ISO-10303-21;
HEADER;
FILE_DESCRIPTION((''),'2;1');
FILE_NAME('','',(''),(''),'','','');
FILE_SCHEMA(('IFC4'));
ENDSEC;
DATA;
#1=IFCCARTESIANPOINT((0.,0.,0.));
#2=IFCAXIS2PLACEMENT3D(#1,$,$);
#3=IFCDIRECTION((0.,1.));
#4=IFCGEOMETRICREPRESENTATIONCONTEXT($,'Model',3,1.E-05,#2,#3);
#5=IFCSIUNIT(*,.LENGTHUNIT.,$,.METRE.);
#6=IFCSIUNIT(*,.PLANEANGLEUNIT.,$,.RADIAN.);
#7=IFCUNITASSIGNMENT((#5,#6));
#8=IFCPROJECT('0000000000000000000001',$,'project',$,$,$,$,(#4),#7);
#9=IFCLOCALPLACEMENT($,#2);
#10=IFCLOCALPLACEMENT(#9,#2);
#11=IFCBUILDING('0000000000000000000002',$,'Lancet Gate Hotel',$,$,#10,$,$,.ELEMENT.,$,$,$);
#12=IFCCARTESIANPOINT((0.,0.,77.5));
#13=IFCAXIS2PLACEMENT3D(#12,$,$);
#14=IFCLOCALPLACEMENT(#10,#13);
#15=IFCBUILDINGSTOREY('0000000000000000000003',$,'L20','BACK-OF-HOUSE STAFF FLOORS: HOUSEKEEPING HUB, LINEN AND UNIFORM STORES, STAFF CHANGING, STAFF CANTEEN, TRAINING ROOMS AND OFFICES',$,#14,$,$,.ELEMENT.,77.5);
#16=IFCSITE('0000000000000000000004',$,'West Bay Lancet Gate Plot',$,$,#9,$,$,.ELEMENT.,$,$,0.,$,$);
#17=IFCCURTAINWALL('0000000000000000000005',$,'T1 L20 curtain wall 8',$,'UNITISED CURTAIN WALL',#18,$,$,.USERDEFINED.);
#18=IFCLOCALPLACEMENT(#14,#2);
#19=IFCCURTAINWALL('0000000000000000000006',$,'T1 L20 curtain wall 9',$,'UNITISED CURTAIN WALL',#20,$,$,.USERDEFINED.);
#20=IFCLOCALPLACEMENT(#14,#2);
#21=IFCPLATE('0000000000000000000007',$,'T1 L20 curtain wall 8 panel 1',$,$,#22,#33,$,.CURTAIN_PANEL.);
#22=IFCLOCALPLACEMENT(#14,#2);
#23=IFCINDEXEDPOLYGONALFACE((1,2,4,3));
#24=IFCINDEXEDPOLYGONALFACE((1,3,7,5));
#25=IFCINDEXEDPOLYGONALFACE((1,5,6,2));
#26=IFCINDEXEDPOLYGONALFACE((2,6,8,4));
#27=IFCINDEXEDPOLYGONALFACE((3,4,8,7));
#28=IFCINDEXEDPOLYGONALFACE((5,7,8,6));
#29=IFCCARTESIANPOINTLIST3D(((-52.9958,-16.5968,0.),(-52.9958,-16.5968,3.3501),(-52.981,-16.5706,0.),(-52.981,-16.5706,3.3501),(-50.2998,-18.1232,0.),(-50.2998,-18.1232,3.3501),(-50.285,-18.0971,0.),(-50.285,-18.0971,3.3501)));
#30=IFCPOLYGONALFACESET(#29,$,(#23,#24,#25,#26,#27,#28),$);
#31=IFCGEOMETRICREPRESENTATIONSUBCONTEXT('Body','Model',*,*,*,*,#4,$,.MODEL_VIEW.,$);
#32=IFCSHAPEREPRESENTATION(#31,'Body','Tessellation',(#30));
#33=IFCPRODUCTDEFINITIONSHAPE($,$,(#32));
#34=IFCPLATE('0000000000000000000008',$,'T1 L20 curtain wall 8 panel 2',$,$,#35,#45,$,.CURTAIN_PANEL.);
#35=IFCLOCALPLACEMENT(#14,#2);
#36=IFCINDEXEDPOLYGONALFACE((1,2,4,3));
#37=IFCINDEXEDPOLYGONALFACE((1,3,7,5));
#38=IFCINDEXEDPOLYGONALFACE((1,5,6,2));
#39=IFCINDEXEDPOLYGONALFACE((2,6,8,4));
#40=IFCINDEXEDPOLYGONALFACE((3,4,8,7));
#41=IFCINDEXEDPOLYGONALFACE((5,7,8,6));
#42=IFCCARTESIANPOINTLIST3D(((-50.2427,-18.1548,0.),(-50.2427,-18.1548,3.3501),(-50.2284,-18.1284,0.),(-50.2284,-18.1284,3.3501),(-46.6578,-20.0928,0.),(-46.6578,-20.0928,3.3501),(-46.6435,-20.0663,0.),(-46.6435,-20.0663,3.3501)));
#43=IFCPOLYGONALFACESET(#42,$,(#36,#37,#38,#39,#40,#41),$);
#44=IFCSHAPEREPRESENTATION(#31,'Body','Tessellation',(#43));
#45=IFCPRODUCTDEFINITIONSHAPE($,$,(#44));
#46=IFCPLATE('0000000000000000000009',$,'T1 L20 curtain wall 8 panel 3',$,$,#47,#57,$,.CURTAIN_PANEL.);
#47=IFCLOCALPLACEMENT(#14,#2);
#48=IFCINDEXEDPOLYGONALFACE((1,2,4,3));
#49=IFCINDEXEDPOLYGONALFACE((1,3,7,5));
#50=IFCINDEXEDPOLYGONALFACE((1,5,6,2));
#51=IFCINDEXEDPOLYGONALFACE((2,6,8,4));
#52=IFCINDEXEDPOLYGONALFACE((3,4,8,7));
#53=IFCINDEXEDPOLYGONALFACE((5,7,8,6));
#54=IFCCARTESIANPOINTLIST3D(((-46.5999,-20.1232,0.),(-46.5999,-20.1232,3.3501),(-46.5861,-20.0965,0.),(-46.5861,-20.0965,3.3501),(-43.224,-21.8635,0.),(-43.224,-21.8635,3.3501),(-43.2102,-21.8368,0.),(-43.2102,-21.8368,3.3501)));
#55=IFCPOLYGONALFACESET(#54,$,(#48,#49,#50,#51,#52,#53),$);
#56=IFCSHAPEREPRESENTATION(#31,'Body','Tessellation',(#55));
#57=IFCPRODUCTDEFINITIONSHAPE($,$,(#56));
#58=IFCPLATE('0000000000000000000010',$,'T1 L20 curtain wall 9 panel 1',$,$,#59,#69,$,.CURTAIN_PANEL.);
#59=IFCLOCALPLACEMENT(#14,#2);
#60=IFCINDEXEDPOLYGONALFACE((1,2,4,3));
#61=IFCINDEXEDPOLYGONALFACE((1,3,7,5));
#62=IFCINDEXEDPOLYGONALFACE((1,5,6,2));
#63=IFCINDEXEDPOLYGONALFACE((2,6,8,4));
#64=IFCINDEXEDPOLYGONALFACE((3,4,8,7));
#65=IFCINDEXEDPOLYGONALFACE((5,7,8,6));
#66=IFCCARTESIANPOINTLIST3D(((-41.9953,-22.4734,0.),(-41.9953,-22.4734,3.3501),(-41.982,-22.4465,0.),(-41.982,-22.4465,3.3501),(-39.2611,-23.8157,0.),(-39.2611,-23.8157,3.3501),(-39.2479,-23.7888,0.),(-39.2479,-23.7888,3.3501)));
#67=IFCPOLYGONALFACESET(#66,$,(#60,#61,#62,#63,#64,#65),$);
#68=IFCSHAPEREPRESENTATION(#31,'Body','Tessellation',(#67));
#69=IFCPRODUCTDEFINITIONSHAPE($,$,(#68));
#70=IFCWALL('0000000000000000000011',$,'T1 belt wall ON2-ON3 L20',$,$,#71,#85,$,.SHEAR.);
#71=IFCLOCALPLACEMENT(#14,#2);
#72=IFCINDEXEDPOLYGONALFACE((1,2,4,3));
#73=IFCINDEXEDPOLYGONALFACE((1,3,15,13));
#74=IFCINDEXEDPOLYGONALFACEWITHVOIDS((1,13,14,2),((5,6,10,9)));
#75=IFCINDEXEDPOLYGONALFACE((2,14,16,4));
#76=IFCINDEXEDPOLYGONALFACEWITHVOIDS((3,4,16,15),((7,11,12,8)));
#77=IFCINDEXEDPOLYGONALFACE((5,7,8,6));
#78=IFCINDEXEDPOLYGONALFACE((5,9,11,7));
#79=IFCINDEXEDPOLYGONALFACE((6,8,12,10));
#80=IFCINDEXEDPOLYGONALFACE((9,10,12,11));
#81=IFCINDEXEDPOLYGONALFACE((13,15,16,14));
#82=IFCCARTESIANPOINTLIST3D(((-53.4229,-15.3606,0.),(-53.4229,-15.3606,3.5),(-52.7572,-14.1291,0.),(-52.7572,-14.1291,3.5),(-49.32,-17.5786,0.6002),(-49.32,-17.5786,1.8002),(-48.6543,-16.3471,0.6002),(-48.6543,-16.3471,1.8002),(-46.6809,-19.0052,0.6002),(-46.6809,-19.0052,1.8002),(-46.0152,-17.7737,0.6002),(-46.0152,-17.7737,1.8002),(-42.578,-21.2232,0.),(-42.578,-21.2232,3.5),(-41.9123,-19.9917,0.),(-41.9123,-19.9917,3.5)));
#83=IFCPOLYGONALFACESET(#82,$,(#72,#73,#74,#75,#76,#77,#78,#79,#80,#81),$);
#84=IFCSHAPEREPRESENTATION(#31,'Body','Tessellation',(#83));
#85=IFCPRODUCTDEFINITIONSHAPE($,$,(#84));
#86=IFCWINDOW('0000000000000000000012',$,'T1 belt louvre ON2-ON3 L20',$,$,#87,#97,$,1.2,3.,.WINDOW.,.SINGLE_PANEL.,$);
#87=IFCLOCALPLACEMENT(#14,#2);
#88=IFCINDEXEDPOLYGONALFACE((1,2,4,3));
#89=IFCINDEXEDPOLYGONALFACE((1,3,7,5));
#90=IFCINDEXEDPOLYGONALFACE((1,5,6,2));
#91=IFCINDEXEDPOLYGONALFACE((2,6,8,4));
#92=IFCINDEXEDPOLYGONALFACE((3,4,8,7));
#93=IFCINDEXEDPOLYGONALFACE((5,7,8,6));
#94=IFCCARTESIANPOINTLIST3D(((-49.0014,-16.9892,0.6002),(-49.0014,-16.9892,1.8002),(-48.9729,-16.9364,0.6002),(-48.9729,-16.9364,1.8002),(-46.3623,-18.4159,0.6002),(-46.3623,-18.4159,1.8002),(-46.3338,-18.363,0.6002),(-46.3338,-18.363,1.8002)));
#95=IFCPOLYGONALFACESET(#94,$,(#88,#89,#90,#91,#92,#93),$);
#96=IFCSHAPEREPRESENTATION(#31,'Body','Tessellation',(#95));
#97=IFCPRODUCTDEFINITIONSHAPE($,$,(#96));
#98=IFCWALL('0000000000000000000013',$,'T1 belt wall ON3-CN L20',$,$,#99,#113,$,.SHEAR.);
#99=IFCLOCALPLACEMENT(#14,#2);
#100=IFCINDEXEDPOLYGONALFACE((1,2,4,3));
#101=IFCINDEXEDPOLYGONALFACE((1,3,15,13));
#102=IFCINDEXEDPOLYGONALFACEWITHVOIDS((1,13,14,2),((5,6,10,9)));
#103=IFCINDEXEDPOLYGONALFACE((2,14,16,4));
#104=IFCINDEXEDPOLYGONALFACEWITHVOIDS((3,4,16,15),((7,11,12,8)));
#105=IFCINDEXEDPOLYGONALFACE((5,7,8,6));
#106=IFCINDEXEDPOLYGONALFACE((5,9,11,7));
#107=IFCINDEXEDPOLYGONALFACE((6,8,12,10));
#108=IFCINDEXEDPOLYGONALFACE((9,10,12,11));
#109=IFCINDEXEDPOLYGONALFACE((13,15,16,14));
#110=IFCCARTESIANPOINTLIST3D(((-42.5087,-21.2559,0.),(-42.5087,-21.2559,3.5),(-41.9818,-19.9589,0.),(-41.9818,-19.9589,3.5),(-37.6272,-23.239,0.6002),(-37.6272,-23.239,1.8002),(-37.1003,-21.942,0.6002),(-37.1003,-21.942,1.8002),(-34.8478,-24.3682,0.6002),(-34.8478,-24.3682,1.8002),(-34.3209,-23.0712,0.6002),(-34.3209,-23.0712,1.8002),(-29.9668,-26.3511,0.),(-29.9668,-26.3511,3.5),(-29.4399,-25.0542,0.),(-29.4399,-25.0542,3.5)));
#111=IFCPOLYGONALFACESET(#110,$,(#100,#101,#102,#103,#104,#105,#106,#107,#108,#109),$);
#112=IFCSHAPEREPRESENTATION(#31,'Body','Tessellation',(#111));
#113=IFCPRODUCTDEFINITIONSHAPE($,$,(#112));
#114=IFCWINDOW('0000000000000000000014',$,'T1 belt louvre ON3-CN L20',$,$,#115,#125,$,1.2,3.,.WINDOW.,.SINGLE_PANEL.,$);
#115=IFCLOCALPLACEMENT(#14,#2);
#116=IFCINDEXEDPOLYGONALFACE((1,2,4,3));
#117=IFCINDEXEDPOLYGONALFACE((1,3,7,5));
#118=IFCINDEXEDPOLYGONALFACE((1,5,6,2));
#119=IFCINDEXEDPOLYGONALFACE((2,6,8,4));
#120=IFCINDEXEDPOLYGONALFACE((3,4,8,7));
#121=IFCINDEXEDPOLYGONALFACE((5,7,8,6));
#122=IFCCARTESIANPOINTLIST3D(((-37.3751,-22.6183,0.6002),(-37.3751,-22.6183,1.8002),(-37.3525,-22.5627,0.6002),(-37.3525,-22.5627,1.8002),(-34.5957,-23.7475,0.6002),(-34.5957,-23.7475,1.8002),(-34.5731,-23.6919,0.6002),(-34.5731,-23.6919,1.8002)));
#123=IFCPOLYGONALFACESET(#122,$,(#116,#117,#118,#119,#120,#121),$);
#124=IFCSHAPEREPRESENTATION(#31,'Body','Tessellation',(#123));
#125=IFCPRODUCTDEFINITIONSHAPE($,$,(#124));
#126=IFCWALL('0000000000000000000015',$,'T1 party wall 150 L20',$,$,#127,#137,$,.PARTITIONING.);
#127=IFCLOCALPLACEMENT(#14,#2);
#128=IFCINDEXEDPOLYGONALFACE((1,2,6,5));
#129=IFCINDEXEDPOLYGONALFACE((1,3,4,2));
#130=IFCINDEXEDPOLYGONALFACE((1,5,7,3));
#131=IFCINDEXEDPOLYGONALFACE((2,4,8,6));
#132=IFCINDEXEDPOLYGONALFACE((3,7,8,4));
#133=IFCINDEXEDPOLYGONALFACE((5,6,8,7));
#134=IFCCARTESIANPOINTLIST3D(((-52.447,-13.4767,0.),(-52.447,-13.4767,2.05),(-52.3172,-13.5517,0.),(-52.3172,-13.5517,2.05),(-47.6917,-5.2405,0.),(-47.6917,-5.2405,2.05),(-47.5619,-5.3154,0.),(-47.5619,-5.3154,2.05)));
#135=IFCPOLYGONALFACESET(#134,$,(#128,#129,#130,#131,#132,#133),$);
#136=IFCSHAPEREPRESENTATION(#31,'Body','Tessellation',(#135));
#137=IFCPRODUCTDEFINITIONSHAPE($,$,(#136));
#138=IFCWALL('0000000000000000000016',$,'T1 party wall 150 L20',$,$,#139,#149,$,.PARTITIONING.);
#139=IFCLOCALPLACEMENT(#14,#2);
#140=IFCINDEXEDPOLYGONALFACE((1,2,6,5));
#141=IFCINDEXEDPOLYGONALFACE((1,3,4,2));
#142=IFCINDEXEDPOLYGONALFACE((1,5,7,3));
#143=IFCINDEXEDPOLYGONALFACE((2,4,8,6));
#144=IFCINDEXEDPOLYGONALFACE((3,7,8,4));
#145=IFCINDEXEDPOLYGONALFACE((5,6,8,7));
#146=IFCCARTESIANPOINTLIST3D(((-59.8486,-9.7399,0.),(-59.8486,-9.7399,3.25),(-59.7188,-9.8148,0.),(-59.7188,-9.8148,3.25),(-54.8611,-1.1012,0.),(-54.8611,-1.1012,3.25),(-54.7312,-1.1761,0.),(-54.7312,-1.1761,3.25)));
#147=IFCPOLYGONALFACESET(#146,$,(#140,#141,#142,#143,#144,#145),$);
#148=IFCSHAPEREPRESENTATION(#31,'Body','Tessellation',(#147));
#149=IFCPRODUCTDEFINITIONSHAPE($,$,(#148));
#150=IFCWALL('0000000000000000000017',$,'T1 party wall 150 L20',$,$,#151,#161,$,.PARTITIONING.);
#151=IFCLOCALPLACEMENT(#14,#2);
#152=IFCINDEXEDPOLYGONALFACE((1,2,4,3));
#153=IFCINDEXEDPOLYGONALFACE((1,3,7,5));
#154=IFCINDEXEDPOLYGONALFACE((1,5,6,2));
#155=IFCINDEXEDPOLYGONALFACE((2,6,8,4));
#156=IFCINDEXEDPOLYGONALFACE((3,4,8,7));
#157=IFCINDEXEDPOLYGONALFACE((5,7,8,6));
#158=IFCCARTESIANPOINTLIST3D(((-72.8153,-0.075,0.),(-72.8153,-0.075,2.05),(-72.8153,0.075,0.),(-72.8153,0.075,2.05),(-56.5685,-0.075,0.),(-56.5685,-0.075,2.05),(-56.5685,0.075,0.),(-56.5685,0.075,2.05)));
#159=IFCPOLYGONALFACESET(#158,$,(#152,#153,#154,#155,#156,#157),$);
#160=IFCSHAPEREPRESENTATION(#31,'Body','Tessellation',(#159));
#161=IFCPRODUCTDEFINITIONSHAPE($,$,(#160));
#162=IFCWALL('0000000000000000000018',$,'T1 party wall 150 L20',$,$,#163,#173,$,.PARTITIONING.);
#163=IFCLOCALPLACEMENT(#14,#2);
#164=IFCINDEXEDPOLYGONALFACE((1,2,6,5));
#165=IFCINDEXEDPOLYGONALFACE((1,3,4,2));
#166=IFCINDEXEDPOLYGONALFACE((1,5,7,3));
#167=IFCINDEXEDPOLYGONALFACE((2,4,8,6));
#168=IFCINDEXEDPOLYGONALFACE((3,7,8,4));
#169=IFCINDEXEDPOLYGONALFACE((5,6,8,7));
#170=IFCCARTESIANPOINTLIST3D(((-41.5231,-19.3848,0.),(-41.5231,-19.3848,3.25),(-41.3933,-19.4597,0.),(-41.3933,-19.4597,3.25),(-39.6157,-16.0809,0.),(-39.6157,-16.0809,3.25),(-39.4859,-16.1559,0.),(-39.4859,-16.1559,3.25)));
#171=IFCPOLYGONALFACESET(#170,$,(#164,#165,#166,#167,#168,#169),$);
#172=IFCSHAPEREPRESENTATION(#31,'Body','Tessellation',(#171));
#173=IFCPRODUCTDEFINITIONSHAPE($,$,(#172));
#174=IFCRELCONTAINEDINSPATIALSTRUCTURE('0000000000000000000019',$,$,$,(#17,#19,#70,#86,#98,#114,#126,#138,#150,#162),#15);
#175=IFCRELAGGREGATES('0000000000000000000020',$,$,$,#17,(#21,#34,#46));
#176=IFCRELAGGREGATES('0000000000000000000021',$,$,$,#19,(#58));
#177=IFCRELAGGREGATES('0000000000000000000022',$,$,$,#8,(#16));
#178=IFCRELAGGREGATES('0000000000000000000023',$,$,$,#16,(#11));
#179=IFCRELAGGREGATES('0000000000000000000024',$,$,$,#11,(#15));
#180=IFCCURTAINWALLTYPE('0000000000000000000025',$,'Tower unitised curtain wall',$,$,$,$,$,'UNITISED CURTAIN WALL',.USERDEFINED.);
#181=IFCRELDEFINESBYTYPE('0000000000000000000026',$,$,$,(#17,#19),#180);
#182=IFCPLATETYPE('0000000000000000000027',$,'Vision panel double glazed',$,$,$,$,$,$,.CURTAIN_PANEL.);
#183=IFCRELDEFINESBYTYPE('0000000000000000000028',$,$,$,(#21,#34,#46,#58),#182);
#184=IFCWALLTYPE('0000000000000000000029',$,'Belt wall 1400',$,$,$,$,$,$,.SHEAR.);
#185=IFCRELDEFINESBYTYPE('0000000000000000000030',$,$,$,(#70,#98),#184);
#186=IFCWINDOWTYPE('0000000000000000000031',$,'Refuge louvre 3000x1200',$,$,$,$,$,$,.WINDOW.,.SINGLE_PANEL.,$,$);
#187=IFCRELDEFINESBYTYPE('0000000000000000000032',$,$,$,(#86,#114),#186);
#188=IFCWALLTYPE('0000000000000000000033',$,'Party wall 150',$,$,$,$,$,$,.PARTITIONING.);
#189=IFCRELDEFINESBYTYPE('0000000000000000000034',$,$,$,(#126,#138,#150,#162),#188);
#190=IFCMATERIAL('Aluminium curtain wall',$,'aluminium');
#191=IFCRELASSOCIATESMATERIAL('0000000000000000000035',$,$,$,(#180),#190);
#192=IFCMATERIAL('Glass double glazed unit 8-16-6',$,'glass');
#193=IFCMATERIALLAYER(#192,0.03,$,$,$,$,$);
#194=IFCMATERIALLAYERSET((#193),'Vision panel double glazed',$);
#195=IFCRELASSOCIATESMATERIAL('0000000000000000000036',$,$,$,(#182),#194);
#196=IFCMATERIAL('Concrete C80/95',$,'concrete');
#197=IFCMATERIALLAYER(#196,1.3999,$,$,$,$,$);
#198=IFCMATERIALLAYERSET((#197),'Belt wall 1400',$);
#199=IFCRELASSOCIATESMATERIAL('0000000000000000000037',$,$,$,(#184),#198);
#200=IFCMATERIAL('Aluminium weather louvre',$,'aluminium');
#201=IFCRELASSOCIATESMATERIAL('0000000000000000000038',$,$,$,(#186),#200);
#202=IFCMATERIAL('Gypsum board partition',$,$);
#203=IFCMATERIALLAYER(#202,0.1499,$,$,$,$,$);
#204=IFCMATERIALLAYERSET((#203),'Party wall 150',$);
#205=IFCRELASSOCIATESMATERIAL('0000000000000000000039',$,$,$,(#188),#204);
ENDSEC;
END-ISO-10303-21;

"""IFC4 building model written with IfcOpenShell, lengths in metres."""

from ifc_helpers import new_model, si_unit, direction, frame, frame_2d, origin, origin_2d, place, context, subcontext, project, spatial, rectangle, extrude, material, layer, layer_set, type_object, element, fill, aggregate, save


model = new_model("IFC4")

# Units and contexts
model_context = context("Model", 3, precision=1e-05, world=origin(), true_north=direction((0.0, 1.0)))
body_context = subcontext(model_context, "Body", "Model", "MODEL_VIEW")
ifc_project = project(units=[si_unit("LENGTHUNIT", "METRE"), si_unit("PLANEANGLEUNIT", "RADIAN")], contexts=[model_context])

# Site, building, storey
site_placement = place(None, origin())
site = spatial("IfcSite", under=ifc_project, at=site_placement, Name="West Bay Lancet Gate Plot", CompositionType="ELEMENT", RefElevation=0.0)
building_placement = place(site_placement, origin())
building = spatial("IfcBuilding", under=site, at=building_placement, Name="Lancet Gate Hotel", CompositionType="ELEMENT")
storey_placement = place(building_placement, frame((0.0, 0.0, 77.5)))
storey = spatial("IfcBuildingStorey", under=building, at=storey_placement, Name="L20", Description="BACK-OF-HOUSE STAFF FLOORS: HOUSEKEEPING HUB, LINEN AND UNIFORM STORES, STAFF CHANGING, STAFF CANTEEN, TRAINING ROOMS AND OFFICES", CompositionType="ELEMENT", Elevation=77.5)

# Curtain walls
ifc_material_1 = material(Name="Aluminium curtain wall", Category="aluminium")
curtain_wall_type = type_object("IfcCurtainWallType", Name="Tower unitised curtain wall", ElementType="UNITISED CURTAIN WALL", PredefinedType="USERDEFINED", material=ifc_material_1)
curtain_wall_1_placement = place(storey_placement, origin())
curtain_wall_1 = element("IfcCurtainWall", 1, at=curtain_wall_1_placement, inside=storey, type_object=curtain_wall_type, Name="T1 L20 curtain wall 8", ObjectType="UNITISED CURTAIN WALL", PredefinedType="USERDEFINED")
curtain_wall_2_placement = place(storey_placement, origin())
curtain_wall_2 = element("IfcCurtainWall", 2, at=curtain_wall_2_placement, inside=storey, type_object=curtain_wall_type, Name="T1 L20 curtain wall 9", ObjectType="UNITISED CURTAIN WALL", PredefinedType="USERDEFINED")

# Plates
ifc_material_2 = material(Name="Glass double glazed unit 8-16-6", Category="glass")
ifc_layer_1 = layer(ifc_material_2, 0.03)
ifc_layer_set_1 = layer_set([ifc_layer_1], Name="Vision panel double glazed")
plate_type = type_object("IfcPlateType", Name="Vision panel double glazed", PredefinedType="CURTAIN_PANEL", material=ifc_layer_set_1)
plate_1_placement = place(storey_placement, frame((-51.6404, -17.3469, 0.0), z_axis=(0.0, 0.0, 1.0), x_axis=(0.870205, -0.49269, 0.0)))
plate_1 = element("IfcPlate", 3, at=plate_1_placement, type_object=plate_type, Name="T1 L20 curtain wall 8 panel 1", PredefinedType="CURTAIN_PANEL", context=body_context, shape_type="SweptSolid", body=[
    extrude(rectangle(XDim=3.0981, YDim=0.03, at=origin_2d()), origin(), (0.0, 0.0, 1.0), 3.3501),
])
plate_2_placement = place(storey_placement, frame((-48.4431, -19.1106, 0.0), z_axis=(0.0, 0.0, 1.0), x_axis=(0.879693, -0.475541, 0.0)))
plate_2 = element("IfcPlate", 4, at=plate_2_placement, type_object=plate_type, Name="T1 L20 curtain wall 8 panel 2", PredefinedType="CURTAIN_PANEL", context=body_context, shape_type="SweptSolid", body=[
    extrude(rectangle(XDim=4.0752, YDim=0.03, at=origin_2d()), origin(), (0.0, 0.0, 1.0), 3.3501),
])
plate_3_placement = place(storey_placement, frame((-44.905, -20.98, 0.0), z_axis=(0.0, 0.0, 1.0), x_axis=(0.888844, -0.45821, 0.0)))
plate_3 = element("IfcPlate", 5, at=plate_3_placement, type_object=plate_type, Name="T1 L20 curtain wall 8 panel 3", PredefinedType="CURTAIN_PANEL", context=body_context, shape_type="SweptSolid", body=[
    extrude(rectangle(XDim=3.7981, YDim=0.03, at=origin_2d()), origin(), (0.0, 0.0, 1.0), 3.3501),
])
aggregate(curtain_wall_1, [plate_1, plate_2, plate_3])
plate_4_placement = place(storey_placement, frame((-40.6216, -23.1311, 0.0), z_axis=(0.0, 0.0, 1.0), x_axis=(0.897653, -0.440702, 0.0)))
plate_4 = element("IfcPlate", 6, at=plate_4_placement, type_object=plate_type, Name="T1 L20 curtain wall 9 panel 1", PredefinedType="CURTAIN_PANEL", context=body_context, shape_type="SweptSolid", body=[
    extrude(rectangle(XDim=3.0459, YDim=0.03, at=origin_2d()), origin(), (0.0, 0.0, 1.0), 3.3501),
])
aggregate(curtain_wall_2, [plate_4])

# Walls, openings, windows
ifc_material_3 = material(Name="Concrete C80/95", Category="concrete")
ifc_layer_2 = layer(ifc_material_3, 1.3999)
ifc_layer_set_2 = layer_set([ifc_layer_2], Name="Belt wall 1400")
wall_type_1 = type_object("IfcWallType", Name="Belt wall 1400", PredefinedType="SHEAR", material=ifc_layer_set_2)
wall_1_placement = place(storey_placement, frame((-53.0901, -14.7449, 0.0), z_axis=(0.0, 0.0, 1.0), x_axis=(0.879693, -0.475542, 0.0)))
wall_1 = element("IfcWall", 7, at=wall_1_placement, inside=storey, type_object=wall_type_1, Name="T1 belt wall ON2-ON3 L20", PredefinedType="SHEAR", context=body_context, shape_type="SweptSolid", body=[
    extrude(rectangle(XDim=12.3281, YDim=1.3999, at=frame_2d((6.1641, 0.0))), origin(), (0.0, 0.0, 1.0), 3.5),
])
opening_1_placement = place(wall_1_placement, frame((4.6641, 0.0, 0.6001)))
opening_1 = element("IfcOpeningElement", 8, at=opening_1_placement, cuts=wall_1, PredefinedType="OPENING", context=body_context, shape_type="SweptSolid", body=[
    extrude(rectangle(XDim=3.0, YDim=1.2, at=frame_2d((1.5, 0.6001))), frame((0.0, 0.71, 0.0), z_axis=(0.0, -1.0, 0.0), x_axis=(1.0, 0.0, 0.0)), (0.0, 0.0, 1.0), 1.4199),
])
ifc_material_4 = material(Name="Aluminium weather louvre", Category="aluminium")
window_type = type_object("IfcWindowType", Name="Refuge louvre 3000x1200", PartitioningType="SINGLE_PANEL", PredefinedType="WINDOW", material=ifc_material_4)
window_1_placement = place(opening_1_placement, origin())
window_1 = element("IfcWindow", 9, at=window_1_placement, inside=storey, type_object=window_type, Name="T1 belt louvre ON2-ON3 L20", OverallHeight=1.2, OverallWidth=3.0, PartitioningType="SINGLE_PANEL", PredefinedType="WINDOW", context=body_context, shape_type="SweptSolid", body=[
    extrude(rectangle(XDim=3.0, YDim=1.2, at=frame_2d((1.5, 0.6001))), frame((0.0, 0.03, 0.0), z_axis=(0.0, -1.0, 0.0), x_axis=(1.0, 0.0, 0.0)), (0.0, 0.0, 1.0), 0.0601),
])
fill(opening_1, window_1)
wall_2_placement = place(storey_placement, frame((-42.2451, -20.6074, 0.0), z_axis=(0.0, 0.0, 1.0), x_axis=(0.926463, -0.376385, 0.0)))
wall_2 = element("IfcWall", 10, at=wall_2_placement, inside=storey, type_object=wall_type_1, Name="T1 belt wall ON3-CN L20", PredefinedType="SHEAR", context=body_context, shape_type="SweptSolid", body=[
    extrude(rectangle(XDim=13.5374, YDim=1.3999, at=frame_2d((6.7686, 0.0))), origin(), (0.0, 0.0, 1.0), 3.5),
])
opening_2_placement = place(wall_2_placement, frame((5.2688, 0.0, 0.6001)))
opening_2 = element("IfcOpeningElement", 11, at=opening_2_placement, cuts=wall_2, PredefinedType="OPENING", context=body_context, shape_type="SweptSolid", body=[
    extrude(rectangle(XDim=3.0, YDim=1.2, at=frame_2d((1.5, 0.6001))), frame((0.0, 0.71, 0.0), z_axis=(0.0, -1.0, 0.0), x_axis=(1.0, 0.0, 0.0)), (0.0, 0.0, 1.0), 1.4199),
])
window_2_placement = place(opening_2_placement, origin())
window_2 = element("IfcWindow", 12, at=window_2_placement, inside=storey, type_object=window_type, Name="T1 belt louvre ON3-CN L20", OverallHeight=1.2, OverallWidth=3.0, PartitioningType="SINGLE_PANEL", PredefinedType="WINDOW", context=body_context, shape_type="SweptSolid", body=[
    extrude(rectangle(XDim=3.0, YDim=1.2, at=frame_2d((1.5, 0.6001))), frame((0.0, 0.03, 0.0), z_axis=(0.0, -1.0, 0.0), x_axis=(1.0, 0.0, 0.0)), (0.0, 0.0, 1.0), 0.0601),
])
fill(opening_2, window_2)

# Walls
ifc_material_5 = material(Name="Gypsum board partition")
ifc_layer_3 = layer(ifc_material_5, 0.1499)
ifc_layer_set_3 = layer_set([ifc_layer_3], Name="Party wall 150")
wall_type_2 = type_object("IfcWallType", Name="Party wall 150", PredefinedType="PARTITIONING", material=ifc_layer_set_3)
wall_3_placement = place(storey_placement, frame((-47.6267, -5.2778, 0.0), z_axis=(0.0, 0.0, 1.0), x_axis=(-0.50001, -0.86602, 0.0)))
element("IfcWall", 13, at=wall_3_placement, inside=storey, type_object=wall_type_2, Name="T1 party wall 150 L20", PredefinedType="PARTITIONING", context=body_context, shape_type="SweptSolid", body=[
    extrude(rectangle(XDim=9.5105, YDim=0.1499, at=frame_2d((4.7554, 0.0))), origin(), (0.0, 0.0, 1.0), 2.05),
])
wall_4_placement = place(storey_placement, frame((-54.7961, -1.1387, 0.0), z_axis=(0.0, 0.0, 1.0), x_axis=(-0.500001, -0.866025, 0.0)))
element("IfcWall", 14, at=wall_4_placement, inside=storey, type_object=wall_type_2, Name="T1 party wall 150 L20", PredefinedType="PARTITIONING", context=body_context, shape_type="SweptSolid", body=[
    extrude(rectangle(XDim=9.9751, YDim=0.1499, at=frame_2d((4.9875, 0.0))), origin(), (0.0, 0.0, 1.0), 3.25),
])
wall_5_placement = place(storey_placement, frame((-56.5684, 0.0, 0.0), z_axis=(0.0, 0.0, 1.0), x_axis=(-1.0, 0.0, 0.0)))
element("IfcWall", 15, at=wall_5_placement, inside=storey, type_object=wall_type_2, Name="T1 party wall 150 L20", PredefinedType="PARTITIONING", context=body_context, shape_type="SweptSolid", body=[
    extrude(rectangle(XDim=16.2468, YDim=0.1499, at=frame_2d((8.1235, 0.0))), origin(), (0.0, 0.0, 1.0), 2.05),
])
wall_6_placement = place(storey_placement, frame((-39.5508, -16.1184, 0.0), z_axis=(0.0, 0.0, 1.0), x_axis=(-0.499987, -0.866033, 0.0)))
element("IfcWall", 16, at=wall_6_placement, inside=storey, type_object=wall_type_2, Name="T1 party wall 150 L20", PredefinedType="PARTITIONING", context=body_context, shape_type="SweptSolid", body=[
    extrude(rectangle(XDim=3.8149, YDim=0.1499, at=frame_2d((1.9075, 0.0))), origin(), (0.0, 0.0, 1.0), 3.25),
])

save(model, "model.ifc")
